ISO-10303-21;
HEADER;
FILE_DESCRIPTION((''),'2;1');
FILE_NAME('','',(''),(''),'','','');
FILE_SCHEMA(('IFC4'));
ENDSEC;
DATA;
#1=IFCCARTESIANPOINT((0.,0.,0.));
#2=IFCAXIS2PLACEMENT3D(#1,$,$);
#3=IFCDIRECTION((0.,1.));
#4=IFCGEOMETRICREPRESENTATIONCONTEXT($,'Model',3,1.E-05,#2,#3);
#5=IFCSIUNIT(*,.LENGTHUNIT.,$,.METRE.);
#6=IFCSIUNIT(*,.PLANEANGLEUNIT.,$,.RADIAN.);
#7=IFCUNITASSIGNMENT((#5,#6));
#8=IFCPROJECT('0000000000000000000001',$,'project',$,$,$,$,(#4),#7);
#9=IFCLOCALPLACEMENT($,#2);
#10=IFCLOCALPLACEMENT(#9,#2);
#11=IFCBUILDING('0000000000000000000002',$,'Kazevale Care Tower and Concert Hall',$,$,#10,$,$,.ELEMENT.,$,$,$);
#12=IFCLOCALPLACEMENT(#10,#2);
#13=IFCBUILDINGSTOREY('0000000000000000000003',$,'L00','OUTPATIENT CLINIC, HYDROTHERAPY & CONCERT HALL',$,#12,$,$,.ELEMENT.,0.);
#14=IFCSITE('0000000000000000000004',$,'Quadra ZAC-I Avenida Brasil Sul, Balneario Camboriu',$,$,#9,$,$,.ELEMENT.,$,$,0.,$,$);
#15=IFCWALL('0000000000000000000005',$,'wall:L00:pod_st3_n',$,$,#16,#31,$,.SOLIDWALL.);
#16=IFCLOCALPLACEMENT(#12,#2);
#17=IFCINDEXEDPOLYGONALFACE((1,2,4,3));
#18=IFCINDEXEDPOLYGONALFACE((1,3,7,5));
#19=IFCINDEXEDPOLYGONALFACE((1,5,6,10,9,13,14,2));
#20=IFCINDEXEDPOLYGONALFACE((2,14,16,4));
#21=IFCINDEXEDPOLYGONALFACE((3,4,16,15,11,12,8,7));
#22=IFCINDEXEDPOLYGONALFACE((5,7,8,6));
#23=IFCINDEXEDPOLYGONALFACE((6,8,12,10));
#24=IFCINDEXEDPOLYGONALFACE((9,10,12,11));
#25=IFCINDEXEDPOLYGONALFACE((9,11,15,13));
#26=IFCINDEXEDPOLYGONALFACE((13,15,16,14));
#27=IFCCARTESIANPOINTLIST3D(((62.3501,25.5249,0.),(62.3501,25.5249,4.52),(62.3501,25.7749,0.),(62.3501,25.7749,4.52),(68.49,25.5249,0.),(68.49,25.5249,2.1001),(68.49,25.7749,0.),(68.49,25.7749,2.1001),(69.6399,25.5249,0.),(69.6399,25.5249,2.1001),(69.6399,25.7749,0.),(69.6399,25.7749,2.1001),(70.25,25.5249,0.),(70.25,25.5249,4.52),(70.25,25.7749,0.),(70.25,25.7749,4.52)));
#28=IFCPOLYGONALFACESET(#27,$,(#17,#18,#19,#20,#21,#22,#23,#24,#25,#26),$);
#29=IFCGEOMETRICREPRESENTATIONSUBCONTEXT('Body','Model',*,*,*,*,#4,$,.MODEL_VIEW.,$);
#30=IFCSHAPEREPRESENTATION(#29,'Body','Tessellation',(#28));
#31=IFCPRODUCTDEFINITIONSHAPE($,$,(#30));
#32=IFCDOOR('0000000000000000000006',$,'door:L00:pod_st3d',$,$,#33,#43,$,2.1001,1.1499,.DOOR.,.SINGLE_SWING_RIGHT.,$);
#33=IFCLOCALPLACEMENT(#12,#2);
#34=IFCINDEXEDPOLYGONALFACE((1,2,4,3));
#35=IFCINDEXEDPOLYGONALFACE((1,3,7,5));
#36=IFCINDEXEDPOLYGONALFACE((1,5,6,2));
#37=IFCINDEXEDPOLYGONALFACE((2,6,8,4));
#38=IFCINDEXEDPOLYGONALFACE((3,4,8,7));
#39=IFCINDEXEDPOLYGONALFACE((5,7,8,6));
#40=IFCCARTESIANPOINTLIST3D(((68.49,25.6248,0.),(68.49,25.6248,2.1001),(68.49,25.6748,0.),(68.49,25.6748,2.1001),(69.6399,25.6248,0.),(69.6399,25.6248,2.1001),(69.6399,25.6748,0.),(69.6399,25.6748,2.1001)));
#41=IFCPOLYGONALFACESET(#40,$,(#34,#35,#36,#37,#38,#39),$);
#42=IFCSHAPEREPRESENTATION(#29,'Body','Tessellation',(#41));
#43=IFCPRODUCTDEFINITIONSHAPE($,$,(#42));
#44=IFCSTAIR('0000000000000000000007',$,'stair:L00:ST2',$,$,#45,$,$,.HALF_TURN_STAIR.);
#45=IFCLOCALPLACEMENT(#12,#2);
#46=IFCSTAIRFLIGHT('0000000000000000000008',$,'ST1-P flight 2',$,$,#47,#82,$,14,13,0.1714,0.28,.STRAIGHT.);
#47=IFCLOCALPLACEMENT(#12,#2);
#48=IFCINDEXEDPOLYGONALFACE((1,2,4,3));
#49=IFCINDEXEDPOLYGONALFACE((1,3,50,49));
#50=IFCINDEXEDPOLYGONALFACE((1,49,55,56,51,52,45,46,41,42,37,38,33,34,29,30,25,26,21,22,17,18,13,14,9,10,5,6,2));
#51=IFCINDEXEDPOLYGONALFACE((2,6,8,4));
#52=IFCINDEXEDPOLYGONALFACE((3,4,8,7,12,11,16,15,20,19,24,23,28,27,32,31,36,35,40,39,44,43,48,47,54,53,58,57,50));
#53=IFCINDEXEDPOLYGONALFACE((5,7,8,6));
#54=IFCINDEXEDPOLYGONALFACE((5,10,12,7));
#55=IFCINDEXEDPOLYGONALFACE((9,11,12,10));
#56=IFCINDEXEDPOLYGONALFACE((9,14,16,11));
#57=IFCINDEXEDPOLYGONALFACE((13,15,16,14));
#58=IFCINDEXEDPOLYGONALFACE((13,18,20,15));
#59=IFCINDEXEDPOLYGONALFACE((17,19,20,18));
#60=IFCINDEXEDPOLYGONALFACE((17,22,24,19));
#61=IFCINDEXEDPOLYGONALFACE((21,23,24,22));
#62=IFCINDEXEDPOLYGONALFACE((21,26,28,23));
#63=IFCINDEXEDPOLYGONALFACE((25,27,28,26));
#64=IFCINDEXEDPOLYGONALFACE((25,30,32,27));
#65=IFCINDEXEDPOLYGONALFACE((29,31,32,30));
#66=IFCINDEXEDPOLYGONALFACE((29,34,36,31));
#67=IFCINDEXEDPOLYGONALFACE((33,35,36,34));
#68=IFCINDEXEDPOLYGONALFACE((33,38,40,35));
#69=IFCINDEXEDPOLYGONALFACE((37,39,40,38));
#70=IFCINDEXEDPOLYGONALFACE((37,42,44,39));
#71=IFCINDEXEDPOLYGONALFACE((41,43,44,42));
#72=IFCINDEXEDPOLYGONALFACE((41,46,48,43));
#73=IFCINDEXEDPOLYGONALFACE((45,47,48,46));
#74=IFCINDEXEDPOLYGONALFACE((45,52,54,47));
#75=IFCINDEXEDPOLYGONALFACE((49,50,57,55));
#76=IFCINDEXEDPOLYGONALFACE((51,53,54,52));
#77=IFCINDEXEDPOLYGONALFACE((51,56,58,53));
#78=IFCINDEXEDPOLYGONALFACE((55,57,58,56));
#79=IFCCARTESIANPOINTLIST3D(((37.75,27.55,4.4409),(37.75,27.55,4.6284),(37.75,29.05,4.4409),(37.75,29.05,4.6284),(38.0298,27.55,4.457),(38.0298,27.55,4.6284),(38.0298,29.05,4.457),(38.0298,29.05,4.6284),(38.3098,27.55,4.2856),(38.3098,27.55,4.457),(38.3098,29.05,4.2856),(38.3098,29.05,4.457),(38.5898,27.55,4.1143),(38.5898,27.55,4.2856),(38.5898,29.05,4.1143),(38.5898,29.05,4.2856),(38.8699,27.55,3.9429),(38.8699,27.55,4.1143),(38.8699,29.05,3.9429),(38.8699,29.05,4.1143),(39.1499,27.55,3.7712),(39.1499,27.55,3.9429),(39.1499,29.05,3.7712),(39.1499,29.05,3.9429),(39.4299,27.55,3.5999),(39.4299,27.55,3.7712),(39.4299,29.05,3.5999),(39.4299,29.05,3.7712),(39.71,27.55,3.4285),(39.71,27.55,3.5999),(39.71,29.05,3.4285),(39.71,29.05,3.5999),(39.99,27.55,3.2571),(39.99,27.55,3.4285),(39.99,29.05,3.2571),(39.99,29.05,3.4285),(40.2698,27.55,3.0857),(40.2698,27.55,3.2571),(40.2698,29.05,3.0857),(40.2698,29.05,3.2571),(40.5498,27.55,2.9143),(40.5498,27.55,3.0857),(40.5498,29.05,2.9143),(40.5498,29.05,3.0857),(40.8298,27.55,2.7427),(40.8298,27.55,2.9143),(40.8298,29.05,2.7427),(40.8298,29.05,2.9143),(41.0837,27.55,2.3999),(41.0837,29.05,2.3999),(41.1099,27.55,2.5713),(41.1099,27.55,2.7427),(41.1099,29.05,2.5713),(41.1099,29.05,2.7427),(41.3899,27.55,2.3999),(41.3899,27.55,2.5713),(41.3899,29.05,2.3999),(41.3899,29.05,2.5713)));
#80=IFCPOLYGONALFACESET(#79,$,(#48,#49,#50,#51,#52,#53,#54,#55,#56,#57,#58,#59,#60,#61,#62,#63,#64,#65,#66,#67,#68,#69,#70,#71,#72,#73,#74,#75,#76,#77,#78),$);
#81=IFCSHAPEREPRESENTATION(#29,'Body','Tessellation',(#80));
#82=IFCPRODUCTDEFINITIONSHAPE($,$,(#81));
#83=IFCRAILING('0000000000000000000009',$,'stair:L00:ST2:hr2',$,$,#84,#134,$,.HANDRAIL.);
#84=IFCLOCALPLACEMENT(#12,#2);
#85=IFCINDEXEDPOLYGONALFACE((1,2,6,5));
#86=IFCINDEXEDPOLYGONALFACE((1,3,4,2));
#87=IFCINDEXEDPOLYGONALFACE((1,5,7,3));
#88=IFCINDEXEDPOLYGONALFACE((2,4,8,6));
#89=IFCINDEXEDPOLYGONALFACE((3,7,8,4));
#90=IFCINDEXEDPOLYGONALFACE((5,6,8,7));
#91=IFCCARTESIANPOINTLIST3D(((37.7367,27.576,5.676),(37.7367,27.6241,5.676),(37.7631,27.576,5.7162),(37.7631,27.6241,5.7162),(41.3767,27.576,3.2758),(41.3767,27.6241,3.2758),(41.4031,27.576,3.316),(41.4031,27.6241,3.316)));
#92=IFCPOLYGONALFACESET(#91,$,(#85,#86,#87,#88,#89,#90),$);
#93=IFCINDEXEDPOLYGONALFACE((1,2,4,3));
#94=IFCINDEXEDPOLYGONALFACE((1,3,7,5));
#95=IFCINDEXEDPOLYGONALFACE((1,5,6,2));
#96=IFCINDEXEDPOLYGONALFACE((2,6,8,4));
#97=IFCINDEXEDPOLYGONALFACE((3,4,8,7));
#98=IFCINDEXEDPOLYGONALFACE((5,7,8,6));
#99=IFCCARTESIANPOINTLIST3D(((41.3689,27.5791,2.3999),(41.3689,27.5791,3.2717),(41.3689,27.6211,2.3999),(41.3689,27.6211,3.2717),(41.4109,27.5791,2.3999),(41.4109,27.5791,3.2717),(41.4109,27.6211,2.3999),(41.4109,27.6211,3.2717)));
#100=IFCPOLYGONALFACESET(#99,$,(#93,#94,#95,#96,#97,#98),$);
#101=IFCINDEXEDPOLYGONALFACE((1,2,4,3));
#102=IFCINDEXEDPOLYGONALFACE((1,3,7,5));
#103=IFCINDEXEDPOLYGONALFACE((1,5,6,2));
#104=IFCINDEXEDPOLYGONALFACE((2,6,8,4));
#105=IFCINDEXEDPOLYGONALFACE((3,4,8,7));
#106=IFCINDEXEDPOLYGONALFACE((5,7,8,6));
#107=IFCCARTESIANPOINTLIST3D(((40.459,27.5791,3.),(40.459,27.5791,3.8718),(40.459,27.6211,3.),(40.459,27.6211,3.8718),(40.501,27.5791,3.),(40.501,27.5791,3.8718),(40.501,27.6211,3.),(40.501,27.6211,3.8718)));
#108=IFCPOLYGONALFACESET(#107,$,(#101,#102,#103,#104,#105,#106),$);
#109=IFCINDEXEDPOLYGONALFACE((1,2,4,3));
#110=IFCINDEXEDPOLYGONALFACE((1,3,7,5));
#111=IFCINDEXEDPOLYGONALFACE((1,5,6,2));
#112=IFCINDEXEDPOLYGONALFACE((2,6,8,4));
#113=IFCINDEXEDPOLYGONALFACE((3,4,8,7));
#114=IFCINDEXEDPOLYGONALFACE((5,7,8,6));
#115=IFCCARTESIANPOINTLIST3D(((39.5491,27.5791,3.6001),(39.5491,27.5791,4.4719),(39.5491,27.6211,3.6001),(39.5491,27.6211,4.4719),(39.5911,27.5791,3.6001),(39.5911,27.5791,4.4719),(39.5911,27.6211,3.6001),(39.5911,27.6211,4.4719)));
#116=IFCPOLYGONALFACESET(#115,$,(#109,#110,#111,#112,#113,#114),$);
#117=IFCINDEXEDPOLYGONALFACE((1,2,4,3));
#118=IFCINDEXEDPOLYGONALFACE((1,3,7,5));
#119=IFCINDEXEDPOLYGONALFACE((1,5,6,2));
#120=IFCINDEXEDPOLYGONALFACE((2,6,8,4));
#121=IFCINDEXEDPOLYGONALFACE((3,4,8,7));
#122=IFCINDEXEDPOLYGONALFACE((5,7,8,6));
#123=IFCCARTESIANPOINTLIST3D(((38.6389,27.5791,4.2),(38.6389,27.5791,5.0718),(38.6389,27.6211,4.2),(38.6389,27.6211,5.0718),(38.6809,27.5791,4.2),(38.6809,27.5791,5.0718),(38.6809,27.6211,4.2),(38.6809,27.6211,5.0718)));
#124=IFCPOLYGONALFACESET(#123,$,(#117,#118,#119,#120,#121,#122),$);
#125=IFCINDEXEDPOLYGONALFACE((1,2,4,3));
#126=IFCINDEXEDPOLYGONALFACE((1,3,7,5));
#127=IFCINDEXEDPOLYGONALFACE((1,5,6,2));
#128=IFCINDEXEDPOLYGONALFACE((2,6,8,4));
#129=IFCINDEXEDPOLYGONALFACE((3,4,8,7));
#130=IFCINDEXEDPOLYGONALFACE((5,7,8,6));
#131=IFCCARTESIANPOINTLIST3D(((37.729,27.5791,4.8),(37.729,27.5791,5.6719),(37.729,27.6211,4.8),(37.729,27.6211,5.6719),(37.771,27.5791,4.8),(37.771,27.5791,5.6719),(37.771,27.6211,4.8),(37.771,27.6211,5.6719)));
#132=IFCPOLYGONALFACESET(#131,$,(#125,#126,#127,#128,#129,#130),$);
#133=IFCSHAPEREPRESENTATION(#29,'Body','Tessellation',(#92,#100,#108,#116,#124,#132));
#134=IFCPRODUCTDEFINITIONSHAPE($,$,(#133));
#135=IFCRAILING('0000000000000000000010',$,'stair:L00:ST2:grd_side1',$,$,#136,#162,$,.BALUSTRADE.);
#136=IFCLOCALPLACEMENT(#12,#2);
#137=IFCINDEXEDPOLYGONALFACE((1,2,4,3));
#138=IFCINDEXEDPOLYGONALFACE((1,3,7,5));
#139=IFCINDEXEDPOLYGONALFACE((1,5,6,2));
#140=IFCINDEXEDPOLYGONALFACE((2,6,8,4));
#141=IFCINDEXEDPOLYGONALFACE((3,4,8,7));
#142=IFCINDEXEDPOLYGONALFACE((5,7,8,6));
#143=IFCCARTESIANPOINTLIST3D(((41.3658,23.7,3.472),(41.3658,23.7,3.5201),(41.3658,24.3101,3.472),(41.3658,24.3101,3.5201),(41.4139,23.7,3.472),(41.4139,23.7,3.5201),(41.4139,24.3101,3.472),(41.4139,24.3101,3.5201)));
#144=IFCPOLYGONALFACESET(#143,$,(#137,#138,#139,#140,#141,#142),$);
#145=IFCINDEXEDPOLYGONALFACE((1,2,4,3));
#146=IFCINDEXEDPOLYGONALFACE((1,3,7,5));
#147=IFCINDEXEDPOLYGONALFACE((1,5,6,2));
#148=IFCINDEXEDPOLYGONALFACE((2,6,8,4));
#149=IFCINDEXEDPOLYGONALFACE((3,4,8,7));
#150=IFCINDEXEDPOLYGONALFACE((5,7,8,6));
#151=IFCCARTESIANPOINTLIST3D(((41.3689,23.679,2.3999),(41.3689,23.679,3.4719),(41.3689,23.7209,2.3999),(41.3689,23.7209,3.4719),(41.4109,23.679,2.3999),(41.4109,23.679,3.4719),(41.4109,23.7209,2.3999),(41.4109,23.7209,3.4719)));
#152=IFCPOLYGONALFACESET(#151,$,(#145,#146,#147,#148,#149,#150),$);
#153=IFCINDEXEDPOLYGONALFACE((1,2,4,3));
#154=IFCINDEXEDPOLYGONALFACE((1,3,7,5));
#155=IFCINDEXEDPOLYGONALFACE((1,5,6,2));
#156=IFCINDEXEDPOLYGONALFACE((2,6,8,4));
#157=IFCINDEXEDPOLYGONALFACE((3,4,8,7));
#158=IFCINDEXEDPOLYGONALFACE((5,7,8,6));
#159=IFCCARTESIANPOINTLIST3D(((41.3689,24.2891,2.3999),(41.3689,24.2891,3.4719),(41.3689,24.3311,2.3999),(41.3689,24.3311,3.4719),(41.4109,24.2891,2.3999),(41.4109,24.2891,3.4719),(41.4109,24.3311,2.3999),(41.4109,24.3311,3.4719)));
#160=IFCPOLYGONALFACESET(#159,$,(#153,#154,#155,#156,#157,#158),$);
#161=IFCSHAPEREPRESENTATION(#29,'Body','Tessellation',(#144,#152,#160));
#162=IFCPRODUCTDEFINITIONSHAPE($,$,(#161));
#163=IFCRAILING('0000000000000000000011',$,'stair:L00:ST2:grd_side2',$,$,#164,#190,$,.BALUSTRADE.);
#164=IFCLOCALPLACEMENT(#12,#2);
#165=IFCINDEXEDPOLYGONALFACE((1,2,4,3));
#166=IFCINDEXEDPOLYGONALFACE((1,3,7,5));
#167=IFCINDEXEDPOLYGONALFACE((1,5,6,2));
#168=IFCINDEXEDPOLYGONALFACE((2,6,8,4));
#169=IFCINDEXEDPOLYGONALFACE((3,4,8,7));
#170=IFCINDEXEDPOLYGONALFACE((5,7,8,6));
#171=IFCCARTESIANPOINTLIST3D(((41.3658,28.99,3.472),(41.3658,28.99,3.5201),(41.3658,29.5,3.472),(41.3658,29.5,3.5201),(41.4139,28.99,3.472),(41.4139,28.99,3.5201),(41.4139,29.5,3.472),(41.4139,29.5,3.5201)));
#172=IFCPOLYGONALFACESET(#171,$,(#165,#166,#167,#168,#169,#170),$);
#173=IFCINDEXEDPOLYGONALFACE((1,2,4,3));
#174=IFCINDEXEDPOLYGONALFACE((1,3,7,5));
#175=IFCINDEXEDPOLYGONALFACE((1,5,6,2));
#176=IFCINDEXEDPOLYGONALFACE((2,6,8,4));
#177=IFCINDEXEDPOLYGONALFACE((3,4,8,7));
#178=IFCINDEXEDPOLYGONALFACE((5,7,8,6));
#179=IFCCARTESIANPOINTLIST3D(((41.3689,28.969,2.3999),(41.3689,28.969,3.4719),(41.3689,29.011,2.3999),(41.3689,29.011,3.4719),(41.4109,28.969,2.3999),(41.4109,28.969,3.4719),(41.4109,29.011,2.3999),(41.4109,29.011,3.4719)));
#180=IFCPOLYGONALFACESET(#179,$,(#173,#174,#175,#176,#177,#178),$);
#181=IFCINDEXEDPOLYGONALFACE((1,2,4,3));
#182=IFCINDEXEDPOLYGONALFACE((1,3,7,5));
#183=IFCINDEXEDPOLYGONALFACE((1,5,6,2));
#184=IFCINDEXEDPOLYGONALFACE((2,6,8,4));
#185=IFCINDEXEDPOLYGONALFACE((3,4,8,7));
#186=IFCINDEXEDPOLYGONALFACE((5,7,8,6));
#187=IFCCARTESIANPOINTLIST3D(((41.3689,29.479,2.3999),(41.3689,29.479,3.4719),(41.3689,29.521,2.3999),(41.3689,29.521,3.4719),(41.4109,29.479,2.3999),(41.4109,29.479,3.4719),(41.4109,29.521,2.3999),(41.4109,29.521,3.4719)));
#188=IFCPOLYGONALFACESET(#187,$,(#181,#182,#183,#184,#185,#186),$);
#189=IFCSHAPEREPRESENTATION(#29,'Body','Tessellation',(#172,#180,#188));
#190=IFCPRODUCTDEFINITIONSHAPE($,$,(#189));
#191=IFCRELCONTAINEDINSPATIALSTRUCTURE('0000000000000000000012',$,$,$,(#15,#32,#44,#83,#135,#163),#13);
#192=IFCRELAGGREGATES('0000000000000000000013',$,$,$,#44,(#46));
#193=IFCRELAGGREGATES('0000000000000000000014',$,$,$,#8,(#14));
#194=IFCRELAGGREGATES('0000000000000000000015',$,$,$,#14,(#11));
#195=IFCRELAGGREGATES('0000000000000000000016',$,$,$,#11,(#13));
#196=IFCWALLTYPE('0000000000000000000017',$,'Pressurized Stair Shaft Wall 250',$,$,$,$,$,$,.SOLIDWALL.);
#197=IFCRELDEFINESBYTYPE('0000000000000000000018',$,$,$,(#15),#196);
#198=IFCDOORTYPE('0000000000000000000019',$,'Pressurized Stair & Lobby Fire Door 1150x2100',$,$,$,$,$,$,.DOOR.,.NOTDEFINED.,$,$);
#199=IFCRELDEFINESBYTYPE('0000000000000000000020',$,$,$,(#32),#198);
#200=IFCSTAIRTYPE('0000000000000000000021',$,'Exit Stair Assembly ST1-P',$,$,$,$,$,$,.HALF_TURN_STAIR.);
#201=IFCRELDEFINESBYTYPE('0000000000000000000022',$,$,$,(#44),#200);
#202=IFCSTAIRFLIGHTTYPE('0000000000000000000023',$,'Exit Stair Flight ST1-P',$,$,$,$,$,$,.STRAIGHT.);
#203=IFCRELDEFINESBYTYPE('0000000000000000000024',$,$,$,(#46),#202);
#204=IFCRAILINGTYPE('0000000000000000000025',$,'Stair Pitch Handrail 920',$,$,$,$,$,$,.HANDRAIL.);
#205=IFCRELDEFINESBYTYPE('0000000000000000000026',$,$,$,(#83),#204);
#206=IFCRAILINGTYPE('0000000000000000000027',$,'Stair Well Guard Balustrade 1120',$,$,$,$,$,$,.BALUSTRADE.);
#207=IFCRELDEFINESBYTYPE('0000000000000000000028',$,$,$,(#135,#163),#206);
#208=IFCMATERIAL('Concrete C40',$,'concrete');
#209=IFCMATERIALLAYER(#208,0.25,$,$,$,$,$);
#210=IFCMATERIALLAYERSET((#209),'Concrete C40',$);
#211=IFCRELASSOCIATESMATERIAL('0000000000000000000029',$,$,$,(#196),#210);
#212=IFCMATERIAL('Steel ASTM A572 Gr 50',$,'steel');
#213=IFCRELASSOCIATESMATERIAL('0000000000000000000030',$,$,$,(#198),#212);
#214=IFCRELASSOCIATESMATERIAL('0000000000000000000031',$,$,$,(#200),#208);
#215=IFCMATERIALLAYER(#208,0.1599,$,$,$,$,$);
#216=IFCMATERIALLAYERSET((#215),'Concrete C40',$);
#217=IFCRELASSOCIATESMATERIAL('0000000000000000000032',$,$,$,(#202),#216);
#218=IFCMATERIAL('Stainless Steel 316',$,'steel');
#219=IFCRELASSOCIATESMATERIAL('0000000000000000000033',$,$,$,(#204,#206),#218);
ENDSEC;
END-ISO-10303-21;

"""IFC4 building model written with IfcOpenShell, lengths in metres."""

from ifc_helpers import new_model, si_unit, direction, frame, frame_2d, origin, origin_2d, place, context, subcontext, project, spatial, polyline, rectangle, outline, extrude, material, layer, layer_set, type_object, element, fill, aggregate, save


model = new_model("IFC4")

# Units and contexts
model_context = context("Model", 3, precision=1e-05, world=origin(), true_north=direction((0.0, 1.0)))
body_context = subcontext(model_context, "Body", "Model", "MODEL_VIEW")
ifc_project = project(units=[si_unit("LENGTHUNIT", "METRE"), si_unit("PLANEANGLEUNIT", "RADIAN")], contexts=[model_context])

# Site, building, storey
site_placement = place(None, origin())
site = spatial("IfcSite", under=ifc_project, at=site_placement, Name="Quadra ZAC-I Avenida Brasil Sul, Balneario Camboriu", CompositionType="ELEMENT", RefElevation=0.0)
building_placement = place(site_placement, origin())
building = spatial("IfcBuilding", under=site, at=building_placement, Name="Kazevale Care Tower and Concert Hall", CompositionType="ELEMENT")
storey_placement = place(building_placement, origin())
storey = spatial("IfcBuildingStorey", under=building, at=storey_placement, Name="L00", Description="OUTPATIENT CLINIC, HYDROTHERAPY & CONCERT HALL", CompositionType="ELEMENT", Elevation=0.0)

# Shared definitions
ifc_material_1 = material(Name="Steel ASTM A572 Gr 50", Category="steel")

# Wall, opening, door
ifc_material_2 = material(Name="Concrete C40", Category="concrete")
ifc_layer_1 = layer(ifc_material_2, 0.25)
ifc_layer_set_1 = layer_set([ifc_layer_1], Name="Concrete C40")
wall_type_1 = type_object("IfcWallType", Name="Pressurized Stair Shaft Wall 250", PredefinedType="SOLIDWALL", material=ifc_layer_set_1)
wall_1_placement = place(storey_placement, frame((62.3501, 25.6499, 0.0), z_axis=(0.0, 0.0, 1.0), x_axis=(1.0, 0.0, 0.0)))
wall_1 = element("IfcWall", 1, at=wall_1_placement, inside=storey, type_object=wall_type_1, Name="wall:L00:pod_st3_n", PredefinedType="SOLIDWALL", context=body_context, shape_type="SweptSolid", body=[
    extrude(rectangle(XDim=7.8999, YDim=0.25, at=frame_2d((3.95, 0.0))), origin(), (0.0, 0.0, 1.0), 4.52),
])
opening_1_placement = place(wall_1_placement, frame((6.1399, 0.0, 0.0)))
opening_1 = element("IfcOpeningElement", 2, at=opening_1_placement, cuts=wall_1, PredefinedType="OPENING", context=body_context, shape_type="SweptSolid", body=[
    extrude(rectangle(XDim=1.1499, YDim=2.1001, at=frame_2d((0.575, 1.05))), frame((0.0, 0.135, 0.0), z_axis=(0.0, -1.0, 0.0), x_axis=(1.0, 0.0, 0.0)), (0.0, 0.0, 1.0), 0.27),
])
door_type_1 = type_object("IfcDoorType", Name="Pressurized Stair & Lobby Fire Door 1150x2100", OperationType="NOTDEFINED", PredefinedType="DOOR", material=ifc_material_1)
door_1_placement = place(opening_1_placement, origin())
door_1 = element("IfcDoor", 3, at=door_1_placement, inside=storey, type_object=door_type_1, Name="door:L00:pod_st3d", OperationType="SINGLE_SWING_RIGHT", OverallHeight=2.1001, OverallWidth=1.1499, PredefinedType="DOOR", context=body_context, shape_type="SweptSolid", body=[
    extrude(rectangle(XDim=1.1499, YDim=2.1001, at=frame_2d((0.575, 1.05))), frame((0.0, 0.0249, 0.0), z_axis=(0.0, -1.0, 0.0), x_axis=(1.0, 0.0, 0.0)), (0.0, 0.0, 1.0), 0.05),
])
fill(opening_1, door_1)

# Stair, stair flight
stair_type = type_object("IfcStairType", Name="Exit Stair Assembly ST1-P", PredefinedType="HALF_TURN_STAIR", material=ifc_material_2)
stair_placement = place(storey_placement, origin())
stair = element("IfcStair", 4, at=stair_placement, inside=storey, type_object=stair_type, Name="stair:L00:ST2", PredefinedType="HALF_TURN_STAIR")
ifc_layer_2 = layer(ifc_material_2, 0.1599)
ifc_layer_set_2 = layer_set([ifc_layer_2], Name="Concrete C40")
stair_flight_type = type_object("IfcStairFlightType", Name="Exit Stair Flight ST1-P", PredefinedType="STRAIGHT", material=ifc_layer_set_2)
stair_flight_placement = place(storey_placement, frame((41.3899, 28.3, 2.3999), z_axis=(0.0, 0.0, 1.0), x_axis=(-1.0, 0.0, 0.0)))
stair_flight = element("IfcStairFlight", 5, at=stair_flight_placement, type_object=stair_flight_type, Name="ST1-P flight 2", NumberOfRisers=14, NumberOfTreads=13, PredefinedType="STRAIGHT", RiserHeight=0.1714, TreadLength=0.28, context=body_context, shape_type="SweptSolid", body=[
    extrude(outline(polyline([(0.0, 0.0), (0.0, 0.1714), (0.28, 0.1714), (0.28, 0.3428), (0.5601, 0.3428), (0.5601, 0.5144), (0.8401, 0.5144), (0.8401, 0.6858), (1.1201, 0.6858), (1.1201, 0.8572), (1.3999, 0.8572), (1.3999, 1.0286), (1.6799, 1.0286), (1.6799, 1.2), (1.96, 1.2), (1.96, 1.3713), (2.24, 1.3713), (2.24, 1.543), (2.52, 1.543), (2.52, 1.7144), (2.8, 1.7144), (2.8, 1.8857), (3.0801, 1.8857), (3.0801, 2.0571), (3.3601, 2.0571), (3.3601, 2.2285), (3.6399, 2.2285), (3.6399, 2.3999), (3.6399, 2.041), (0.3062, 0.0), (0.0, 0.0)])), frame((0.0, 0.75, 0.0), z_axis=(0.0, -1.0, 0.0), x_axis=(1.0, 0.0, 0.0)), (0.0, 0.0, 1.0), 1.5),
])
aggregate(stair, [stair_flight])

# Railings
ifc_material_3 = material(Name="Stainless Steel 316", Category="steel")
railing_type_1 = type_object("IfcRailingType", Name="Stair Pitch Handrail 920", PredefinedType="HANDRAIL", material=ifc_material_3)
railing_1_placement = place(storey_placement, frame((41.3899, 27.6001, 2.3999)))
element("IfcRailing", 6, at=railing_1_placement, inside=storey, type_object=railing_type_1, Name="stair:L00:ST2:hr2", PredefinedType="HANDRAIL", context=body_context, shape_type="SweptSolid", body=[
    extrude(rectangle(XDim=0.0481, YDim=0.0481, at=origin_2d()), frame((0.0, 0.0, 0.896), z_axis=(-0.834839, 0.0, 0.550493), x_axis=(0.0, -1.0, 0.0)), (0.0, 0.0, 1.0), 4.3601),
    extrude(rectangle(XDim=0.042, YDim=0.042, at=origin_2d()), origin(), (0.0, 0.0, 1.0), 0.8718),
    extrude(rectangle(XDim=0.042, YDim=0.042, at=origin_2d()), frame((-0.9099, 0.0, 0.6001)), (0.0, 0.0, 1.0), 0.8718),
    extrude(rectangle(XDim=0.042, YDim=0.042, at=origin_2d()), frame((-1.8198, 0.0, 1.2002)), (0.0, 0.0, 1.0), 0.8718),
    extrude(rectangle(XDim=0.042, YDim=0.042, at=origin_2d()), frame((-2.73, 0.0, 1.8)), (0.0, 0.0, 1.0), 0.8718),
    extrude(rectangle(XDim=0.042, YDim=0.042, at=origin_2d()), frame((-3.6399, 0.0, 2.4001)), (0.0, 0.0, 1.0), 0.8718),
])
railing_type_2 = type_object("IfcRailingType", Name="Stair Well Guard Balustrade 1120", PredefinedType="BALUSTRADE", material=ifc_material_3)
railing_2_placement = place(storey_placement, frame((41.3899, 23.7, 2.3999)))
element("IfcRailing", 7, at=railing_2_placement, inside=storey, type_object=railing_type_2, Name="stair:L00:ST2:grd_side1", PredefinedType="BALUSTRADE", context=body_context, shape_type="SweptSolid", body=[
    extrude(rectangle(XDim=0.0481, YDim=0.0481, at=origin_2d()), frame((0.0, 0.0, 1.0962), z_axis=(0.0, 1.0, 0.0), x_axis=(-1.0, 0.0, 0.0)), (0.0, 0.0, 1.0), 0.6101),
    extrude(rectangle(XDim=0.042, YDim=0.042, at=origin_2d()), origin(), (0.0, 0.0, 1.0), 1.072),
    extrude(rectangle(XDim=0.042, YDim=0.042, at=origin_2d()), frame((0.0, 0.6101, 0.0)), (0.0, 0.0, 1.0), 1.072),
])
railing_3_placement = place(storey_placement, frame((41.3899, 28.99, 2.3999)))
element("IfcRailing", 8, at=railing_3_placement, inside=storey, type_object=railing_type_2, Name="stair:L00:ST2:grd_side2", PredefinedType="BALUSTRADE", context=body_context, shape_type="SweptSolid", body=[
    extrude(rectangle(XDim=0.0481, YDim=0.0481, at=origin_2d()), frame((0.0, 0.0, 1.0962), z_axis=(0.0, 1.0, 0.0), x_axis=(-1.0, 0.0, 0.0)), (0.0, 0.0, 1.0), 0.51),
    extrude(rectangle(XDim=0.042, YDim=0.042, at=origin_2d()), origin(), (0.0, 0.0, 1.0), 1.072),
    extrude(rectangle(XDim=0.042, YDim=0.042, at=origin_2d()), frame((0.0, 0.51, 0.0)), (0.0, 0.0, 1.0), 1.072),
])

save(model, "model.ifc")
